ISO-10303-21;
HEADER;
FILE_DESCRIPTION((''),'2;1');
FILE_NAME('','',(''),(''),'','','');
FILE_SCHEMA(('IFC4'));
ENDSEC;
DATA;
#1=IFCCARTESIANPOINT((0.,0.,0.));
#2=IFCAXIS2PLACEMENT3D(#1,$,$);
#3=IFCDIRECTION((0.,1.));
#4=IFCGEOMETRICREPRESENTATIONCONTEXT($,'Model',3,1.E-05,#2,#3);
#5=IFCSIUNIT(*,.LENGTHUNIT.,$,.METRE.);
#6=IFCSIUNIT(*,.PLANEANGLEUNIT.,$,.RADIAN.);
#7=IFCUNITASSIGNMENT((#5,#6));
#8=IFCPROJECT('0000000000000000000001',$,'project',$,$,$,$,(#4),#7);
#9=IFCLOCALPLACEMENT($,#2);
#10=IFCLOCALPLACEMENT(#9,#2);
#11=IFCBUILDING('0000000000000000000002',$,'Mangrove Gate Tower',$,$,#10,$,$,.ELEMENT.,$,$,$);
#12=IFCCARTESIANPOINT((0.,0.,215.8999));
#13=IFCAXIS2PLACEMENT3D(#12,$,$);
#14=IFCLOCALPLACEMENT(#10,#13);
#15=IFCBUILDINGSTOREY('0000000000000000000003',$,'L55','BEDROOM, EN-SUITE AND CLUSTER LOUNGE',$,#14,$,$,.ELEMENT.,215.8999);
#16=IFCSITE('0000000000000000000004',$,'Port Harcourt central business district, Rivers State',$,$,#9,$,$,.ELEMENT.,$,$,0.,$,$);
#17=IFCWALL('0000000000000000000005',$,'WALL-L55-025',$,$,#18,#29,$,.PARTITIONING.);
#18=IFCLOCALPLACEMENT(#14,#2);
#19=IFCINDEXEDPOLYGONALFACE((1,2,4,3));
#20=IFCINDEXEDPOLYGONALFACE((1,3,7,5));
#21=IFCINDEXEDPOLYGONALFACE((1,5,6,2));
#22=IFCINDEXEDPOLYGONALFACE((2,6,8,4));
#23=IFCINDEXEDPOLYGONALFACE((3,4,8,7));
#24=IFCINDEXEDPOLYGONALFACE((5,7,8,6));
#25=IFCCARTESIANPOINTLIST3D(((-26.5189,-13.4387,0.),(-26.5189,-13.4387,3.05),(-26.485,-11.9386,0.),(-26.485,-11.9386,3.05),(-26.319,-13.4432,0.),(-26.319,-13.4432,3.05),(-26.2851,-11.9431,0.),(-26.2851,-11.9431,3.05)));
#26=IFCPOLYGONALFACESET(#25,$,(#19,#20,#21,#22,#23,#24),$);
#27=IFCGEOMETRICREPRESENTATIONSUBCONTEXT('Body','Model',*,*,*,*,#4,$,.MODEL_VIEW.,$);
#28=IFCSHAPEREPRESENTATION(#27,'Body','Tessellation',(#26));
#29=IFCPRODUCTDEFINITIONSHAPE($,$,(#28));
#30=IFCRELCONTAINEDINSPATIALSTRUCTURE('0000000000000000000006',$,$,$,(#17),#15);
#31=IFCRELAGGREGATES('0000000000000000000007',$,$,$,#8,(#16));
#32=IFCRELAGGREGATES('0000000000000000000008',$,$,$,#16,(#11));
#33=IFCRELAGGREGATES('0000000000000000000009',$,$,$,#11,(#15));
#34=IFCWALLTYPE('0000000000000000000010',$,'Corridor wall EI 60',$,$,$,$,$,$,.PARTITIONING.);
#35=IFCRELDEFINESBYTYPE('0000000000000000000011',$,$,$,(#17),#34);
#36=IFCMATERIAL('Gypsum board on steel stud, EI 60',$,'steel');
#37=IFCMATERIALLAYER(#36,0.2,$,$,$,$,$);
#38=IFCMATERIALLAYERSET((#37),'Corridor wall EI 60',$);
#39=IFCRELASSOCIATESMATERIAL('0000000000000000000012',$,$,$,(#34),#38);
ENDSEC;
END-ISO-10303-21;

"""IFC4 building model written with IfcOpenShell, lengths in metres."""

from ifc_helpers import new_model, si_unit, direction, frame, frame_2d, origin, place, context, subcontext, project, spatial, rectangle, extrude, material, layer, layer_set, type_object, element, save


model = new_model("IFC4")

# Units and contexts
model_context = context("Model", 3, precision=1e-05, world=origin(), true_north=direction((0.0, 1.0)))
body_context = subcontext(model_context, "Body", "Model", "MODEL_VIEW")
ifc_project = project(units=[si_unit("LENGTHUNIT", "METRE"), si_unit("PLANEANGLEUNIT", "RADIAN")], contexts=[model_context])

# Site, building, storey
site_placement = place(None, origin())
site = spatial("IfcSite", under=ifc_project, at=site_placement, Name="Port Harcourt central business district, Rivers State", CompositionType="ELEMENT", RefElevation=0.0)
building_placement = place(site_placement, origin())
building = spatial("IfcBuilding", under=site, at=building_placement, Name="Mangrove Gate Tower", CompositionType="ELEMENT")
storey_placement = place(building_placement, frame((0.0, 0.0, 215.8999)))
storey = spatial("IfcBuildingStorey", under=building, at=storey_placement, Name="L55", Description="BEDROOM, EN-SUITE AND CLUSTER LOUNGE", CompositionType="ELEMENT", Elevation=215.8999)

# Shared definitions
ifc_material_1 = material(Name="Gypsum board on steel stud, EI 60", Category="steel")
ifc_layer = layer(ifc_material_1, 0.2)
ifc_layer_set = layer_set([ifc_layer], Name="Corridor wall EI 60")
wall_type = type_object("IfcWallType", Name="Corridor wall EI 60", PredefinedType="PARTITIONING", material=ifc_layer_set)

# Wall
wall_1_placement = place(storey_placement, frame((-26.4189, -13.4409, 0.0), z_axis=(0.0, 0.0, 1.0), x_axis=(0.022618, 0.999744, 0.0)))
element("IfcWall", 1, at=wall_1_placement, inside=storey, type_object=wall_type, Name="WALL-L55-025", PredefinedType="PARTITIONING", context=body_context, shape_type="SweptSolid", body=[
    extrude(rectangle(XDim=1.5005, YDim=0.2, at=frame_2d((0.7502, 0.0))), origin(), (0.0, 0.0, 1.0), 3.05),
])

save(model, "model.ifc")
